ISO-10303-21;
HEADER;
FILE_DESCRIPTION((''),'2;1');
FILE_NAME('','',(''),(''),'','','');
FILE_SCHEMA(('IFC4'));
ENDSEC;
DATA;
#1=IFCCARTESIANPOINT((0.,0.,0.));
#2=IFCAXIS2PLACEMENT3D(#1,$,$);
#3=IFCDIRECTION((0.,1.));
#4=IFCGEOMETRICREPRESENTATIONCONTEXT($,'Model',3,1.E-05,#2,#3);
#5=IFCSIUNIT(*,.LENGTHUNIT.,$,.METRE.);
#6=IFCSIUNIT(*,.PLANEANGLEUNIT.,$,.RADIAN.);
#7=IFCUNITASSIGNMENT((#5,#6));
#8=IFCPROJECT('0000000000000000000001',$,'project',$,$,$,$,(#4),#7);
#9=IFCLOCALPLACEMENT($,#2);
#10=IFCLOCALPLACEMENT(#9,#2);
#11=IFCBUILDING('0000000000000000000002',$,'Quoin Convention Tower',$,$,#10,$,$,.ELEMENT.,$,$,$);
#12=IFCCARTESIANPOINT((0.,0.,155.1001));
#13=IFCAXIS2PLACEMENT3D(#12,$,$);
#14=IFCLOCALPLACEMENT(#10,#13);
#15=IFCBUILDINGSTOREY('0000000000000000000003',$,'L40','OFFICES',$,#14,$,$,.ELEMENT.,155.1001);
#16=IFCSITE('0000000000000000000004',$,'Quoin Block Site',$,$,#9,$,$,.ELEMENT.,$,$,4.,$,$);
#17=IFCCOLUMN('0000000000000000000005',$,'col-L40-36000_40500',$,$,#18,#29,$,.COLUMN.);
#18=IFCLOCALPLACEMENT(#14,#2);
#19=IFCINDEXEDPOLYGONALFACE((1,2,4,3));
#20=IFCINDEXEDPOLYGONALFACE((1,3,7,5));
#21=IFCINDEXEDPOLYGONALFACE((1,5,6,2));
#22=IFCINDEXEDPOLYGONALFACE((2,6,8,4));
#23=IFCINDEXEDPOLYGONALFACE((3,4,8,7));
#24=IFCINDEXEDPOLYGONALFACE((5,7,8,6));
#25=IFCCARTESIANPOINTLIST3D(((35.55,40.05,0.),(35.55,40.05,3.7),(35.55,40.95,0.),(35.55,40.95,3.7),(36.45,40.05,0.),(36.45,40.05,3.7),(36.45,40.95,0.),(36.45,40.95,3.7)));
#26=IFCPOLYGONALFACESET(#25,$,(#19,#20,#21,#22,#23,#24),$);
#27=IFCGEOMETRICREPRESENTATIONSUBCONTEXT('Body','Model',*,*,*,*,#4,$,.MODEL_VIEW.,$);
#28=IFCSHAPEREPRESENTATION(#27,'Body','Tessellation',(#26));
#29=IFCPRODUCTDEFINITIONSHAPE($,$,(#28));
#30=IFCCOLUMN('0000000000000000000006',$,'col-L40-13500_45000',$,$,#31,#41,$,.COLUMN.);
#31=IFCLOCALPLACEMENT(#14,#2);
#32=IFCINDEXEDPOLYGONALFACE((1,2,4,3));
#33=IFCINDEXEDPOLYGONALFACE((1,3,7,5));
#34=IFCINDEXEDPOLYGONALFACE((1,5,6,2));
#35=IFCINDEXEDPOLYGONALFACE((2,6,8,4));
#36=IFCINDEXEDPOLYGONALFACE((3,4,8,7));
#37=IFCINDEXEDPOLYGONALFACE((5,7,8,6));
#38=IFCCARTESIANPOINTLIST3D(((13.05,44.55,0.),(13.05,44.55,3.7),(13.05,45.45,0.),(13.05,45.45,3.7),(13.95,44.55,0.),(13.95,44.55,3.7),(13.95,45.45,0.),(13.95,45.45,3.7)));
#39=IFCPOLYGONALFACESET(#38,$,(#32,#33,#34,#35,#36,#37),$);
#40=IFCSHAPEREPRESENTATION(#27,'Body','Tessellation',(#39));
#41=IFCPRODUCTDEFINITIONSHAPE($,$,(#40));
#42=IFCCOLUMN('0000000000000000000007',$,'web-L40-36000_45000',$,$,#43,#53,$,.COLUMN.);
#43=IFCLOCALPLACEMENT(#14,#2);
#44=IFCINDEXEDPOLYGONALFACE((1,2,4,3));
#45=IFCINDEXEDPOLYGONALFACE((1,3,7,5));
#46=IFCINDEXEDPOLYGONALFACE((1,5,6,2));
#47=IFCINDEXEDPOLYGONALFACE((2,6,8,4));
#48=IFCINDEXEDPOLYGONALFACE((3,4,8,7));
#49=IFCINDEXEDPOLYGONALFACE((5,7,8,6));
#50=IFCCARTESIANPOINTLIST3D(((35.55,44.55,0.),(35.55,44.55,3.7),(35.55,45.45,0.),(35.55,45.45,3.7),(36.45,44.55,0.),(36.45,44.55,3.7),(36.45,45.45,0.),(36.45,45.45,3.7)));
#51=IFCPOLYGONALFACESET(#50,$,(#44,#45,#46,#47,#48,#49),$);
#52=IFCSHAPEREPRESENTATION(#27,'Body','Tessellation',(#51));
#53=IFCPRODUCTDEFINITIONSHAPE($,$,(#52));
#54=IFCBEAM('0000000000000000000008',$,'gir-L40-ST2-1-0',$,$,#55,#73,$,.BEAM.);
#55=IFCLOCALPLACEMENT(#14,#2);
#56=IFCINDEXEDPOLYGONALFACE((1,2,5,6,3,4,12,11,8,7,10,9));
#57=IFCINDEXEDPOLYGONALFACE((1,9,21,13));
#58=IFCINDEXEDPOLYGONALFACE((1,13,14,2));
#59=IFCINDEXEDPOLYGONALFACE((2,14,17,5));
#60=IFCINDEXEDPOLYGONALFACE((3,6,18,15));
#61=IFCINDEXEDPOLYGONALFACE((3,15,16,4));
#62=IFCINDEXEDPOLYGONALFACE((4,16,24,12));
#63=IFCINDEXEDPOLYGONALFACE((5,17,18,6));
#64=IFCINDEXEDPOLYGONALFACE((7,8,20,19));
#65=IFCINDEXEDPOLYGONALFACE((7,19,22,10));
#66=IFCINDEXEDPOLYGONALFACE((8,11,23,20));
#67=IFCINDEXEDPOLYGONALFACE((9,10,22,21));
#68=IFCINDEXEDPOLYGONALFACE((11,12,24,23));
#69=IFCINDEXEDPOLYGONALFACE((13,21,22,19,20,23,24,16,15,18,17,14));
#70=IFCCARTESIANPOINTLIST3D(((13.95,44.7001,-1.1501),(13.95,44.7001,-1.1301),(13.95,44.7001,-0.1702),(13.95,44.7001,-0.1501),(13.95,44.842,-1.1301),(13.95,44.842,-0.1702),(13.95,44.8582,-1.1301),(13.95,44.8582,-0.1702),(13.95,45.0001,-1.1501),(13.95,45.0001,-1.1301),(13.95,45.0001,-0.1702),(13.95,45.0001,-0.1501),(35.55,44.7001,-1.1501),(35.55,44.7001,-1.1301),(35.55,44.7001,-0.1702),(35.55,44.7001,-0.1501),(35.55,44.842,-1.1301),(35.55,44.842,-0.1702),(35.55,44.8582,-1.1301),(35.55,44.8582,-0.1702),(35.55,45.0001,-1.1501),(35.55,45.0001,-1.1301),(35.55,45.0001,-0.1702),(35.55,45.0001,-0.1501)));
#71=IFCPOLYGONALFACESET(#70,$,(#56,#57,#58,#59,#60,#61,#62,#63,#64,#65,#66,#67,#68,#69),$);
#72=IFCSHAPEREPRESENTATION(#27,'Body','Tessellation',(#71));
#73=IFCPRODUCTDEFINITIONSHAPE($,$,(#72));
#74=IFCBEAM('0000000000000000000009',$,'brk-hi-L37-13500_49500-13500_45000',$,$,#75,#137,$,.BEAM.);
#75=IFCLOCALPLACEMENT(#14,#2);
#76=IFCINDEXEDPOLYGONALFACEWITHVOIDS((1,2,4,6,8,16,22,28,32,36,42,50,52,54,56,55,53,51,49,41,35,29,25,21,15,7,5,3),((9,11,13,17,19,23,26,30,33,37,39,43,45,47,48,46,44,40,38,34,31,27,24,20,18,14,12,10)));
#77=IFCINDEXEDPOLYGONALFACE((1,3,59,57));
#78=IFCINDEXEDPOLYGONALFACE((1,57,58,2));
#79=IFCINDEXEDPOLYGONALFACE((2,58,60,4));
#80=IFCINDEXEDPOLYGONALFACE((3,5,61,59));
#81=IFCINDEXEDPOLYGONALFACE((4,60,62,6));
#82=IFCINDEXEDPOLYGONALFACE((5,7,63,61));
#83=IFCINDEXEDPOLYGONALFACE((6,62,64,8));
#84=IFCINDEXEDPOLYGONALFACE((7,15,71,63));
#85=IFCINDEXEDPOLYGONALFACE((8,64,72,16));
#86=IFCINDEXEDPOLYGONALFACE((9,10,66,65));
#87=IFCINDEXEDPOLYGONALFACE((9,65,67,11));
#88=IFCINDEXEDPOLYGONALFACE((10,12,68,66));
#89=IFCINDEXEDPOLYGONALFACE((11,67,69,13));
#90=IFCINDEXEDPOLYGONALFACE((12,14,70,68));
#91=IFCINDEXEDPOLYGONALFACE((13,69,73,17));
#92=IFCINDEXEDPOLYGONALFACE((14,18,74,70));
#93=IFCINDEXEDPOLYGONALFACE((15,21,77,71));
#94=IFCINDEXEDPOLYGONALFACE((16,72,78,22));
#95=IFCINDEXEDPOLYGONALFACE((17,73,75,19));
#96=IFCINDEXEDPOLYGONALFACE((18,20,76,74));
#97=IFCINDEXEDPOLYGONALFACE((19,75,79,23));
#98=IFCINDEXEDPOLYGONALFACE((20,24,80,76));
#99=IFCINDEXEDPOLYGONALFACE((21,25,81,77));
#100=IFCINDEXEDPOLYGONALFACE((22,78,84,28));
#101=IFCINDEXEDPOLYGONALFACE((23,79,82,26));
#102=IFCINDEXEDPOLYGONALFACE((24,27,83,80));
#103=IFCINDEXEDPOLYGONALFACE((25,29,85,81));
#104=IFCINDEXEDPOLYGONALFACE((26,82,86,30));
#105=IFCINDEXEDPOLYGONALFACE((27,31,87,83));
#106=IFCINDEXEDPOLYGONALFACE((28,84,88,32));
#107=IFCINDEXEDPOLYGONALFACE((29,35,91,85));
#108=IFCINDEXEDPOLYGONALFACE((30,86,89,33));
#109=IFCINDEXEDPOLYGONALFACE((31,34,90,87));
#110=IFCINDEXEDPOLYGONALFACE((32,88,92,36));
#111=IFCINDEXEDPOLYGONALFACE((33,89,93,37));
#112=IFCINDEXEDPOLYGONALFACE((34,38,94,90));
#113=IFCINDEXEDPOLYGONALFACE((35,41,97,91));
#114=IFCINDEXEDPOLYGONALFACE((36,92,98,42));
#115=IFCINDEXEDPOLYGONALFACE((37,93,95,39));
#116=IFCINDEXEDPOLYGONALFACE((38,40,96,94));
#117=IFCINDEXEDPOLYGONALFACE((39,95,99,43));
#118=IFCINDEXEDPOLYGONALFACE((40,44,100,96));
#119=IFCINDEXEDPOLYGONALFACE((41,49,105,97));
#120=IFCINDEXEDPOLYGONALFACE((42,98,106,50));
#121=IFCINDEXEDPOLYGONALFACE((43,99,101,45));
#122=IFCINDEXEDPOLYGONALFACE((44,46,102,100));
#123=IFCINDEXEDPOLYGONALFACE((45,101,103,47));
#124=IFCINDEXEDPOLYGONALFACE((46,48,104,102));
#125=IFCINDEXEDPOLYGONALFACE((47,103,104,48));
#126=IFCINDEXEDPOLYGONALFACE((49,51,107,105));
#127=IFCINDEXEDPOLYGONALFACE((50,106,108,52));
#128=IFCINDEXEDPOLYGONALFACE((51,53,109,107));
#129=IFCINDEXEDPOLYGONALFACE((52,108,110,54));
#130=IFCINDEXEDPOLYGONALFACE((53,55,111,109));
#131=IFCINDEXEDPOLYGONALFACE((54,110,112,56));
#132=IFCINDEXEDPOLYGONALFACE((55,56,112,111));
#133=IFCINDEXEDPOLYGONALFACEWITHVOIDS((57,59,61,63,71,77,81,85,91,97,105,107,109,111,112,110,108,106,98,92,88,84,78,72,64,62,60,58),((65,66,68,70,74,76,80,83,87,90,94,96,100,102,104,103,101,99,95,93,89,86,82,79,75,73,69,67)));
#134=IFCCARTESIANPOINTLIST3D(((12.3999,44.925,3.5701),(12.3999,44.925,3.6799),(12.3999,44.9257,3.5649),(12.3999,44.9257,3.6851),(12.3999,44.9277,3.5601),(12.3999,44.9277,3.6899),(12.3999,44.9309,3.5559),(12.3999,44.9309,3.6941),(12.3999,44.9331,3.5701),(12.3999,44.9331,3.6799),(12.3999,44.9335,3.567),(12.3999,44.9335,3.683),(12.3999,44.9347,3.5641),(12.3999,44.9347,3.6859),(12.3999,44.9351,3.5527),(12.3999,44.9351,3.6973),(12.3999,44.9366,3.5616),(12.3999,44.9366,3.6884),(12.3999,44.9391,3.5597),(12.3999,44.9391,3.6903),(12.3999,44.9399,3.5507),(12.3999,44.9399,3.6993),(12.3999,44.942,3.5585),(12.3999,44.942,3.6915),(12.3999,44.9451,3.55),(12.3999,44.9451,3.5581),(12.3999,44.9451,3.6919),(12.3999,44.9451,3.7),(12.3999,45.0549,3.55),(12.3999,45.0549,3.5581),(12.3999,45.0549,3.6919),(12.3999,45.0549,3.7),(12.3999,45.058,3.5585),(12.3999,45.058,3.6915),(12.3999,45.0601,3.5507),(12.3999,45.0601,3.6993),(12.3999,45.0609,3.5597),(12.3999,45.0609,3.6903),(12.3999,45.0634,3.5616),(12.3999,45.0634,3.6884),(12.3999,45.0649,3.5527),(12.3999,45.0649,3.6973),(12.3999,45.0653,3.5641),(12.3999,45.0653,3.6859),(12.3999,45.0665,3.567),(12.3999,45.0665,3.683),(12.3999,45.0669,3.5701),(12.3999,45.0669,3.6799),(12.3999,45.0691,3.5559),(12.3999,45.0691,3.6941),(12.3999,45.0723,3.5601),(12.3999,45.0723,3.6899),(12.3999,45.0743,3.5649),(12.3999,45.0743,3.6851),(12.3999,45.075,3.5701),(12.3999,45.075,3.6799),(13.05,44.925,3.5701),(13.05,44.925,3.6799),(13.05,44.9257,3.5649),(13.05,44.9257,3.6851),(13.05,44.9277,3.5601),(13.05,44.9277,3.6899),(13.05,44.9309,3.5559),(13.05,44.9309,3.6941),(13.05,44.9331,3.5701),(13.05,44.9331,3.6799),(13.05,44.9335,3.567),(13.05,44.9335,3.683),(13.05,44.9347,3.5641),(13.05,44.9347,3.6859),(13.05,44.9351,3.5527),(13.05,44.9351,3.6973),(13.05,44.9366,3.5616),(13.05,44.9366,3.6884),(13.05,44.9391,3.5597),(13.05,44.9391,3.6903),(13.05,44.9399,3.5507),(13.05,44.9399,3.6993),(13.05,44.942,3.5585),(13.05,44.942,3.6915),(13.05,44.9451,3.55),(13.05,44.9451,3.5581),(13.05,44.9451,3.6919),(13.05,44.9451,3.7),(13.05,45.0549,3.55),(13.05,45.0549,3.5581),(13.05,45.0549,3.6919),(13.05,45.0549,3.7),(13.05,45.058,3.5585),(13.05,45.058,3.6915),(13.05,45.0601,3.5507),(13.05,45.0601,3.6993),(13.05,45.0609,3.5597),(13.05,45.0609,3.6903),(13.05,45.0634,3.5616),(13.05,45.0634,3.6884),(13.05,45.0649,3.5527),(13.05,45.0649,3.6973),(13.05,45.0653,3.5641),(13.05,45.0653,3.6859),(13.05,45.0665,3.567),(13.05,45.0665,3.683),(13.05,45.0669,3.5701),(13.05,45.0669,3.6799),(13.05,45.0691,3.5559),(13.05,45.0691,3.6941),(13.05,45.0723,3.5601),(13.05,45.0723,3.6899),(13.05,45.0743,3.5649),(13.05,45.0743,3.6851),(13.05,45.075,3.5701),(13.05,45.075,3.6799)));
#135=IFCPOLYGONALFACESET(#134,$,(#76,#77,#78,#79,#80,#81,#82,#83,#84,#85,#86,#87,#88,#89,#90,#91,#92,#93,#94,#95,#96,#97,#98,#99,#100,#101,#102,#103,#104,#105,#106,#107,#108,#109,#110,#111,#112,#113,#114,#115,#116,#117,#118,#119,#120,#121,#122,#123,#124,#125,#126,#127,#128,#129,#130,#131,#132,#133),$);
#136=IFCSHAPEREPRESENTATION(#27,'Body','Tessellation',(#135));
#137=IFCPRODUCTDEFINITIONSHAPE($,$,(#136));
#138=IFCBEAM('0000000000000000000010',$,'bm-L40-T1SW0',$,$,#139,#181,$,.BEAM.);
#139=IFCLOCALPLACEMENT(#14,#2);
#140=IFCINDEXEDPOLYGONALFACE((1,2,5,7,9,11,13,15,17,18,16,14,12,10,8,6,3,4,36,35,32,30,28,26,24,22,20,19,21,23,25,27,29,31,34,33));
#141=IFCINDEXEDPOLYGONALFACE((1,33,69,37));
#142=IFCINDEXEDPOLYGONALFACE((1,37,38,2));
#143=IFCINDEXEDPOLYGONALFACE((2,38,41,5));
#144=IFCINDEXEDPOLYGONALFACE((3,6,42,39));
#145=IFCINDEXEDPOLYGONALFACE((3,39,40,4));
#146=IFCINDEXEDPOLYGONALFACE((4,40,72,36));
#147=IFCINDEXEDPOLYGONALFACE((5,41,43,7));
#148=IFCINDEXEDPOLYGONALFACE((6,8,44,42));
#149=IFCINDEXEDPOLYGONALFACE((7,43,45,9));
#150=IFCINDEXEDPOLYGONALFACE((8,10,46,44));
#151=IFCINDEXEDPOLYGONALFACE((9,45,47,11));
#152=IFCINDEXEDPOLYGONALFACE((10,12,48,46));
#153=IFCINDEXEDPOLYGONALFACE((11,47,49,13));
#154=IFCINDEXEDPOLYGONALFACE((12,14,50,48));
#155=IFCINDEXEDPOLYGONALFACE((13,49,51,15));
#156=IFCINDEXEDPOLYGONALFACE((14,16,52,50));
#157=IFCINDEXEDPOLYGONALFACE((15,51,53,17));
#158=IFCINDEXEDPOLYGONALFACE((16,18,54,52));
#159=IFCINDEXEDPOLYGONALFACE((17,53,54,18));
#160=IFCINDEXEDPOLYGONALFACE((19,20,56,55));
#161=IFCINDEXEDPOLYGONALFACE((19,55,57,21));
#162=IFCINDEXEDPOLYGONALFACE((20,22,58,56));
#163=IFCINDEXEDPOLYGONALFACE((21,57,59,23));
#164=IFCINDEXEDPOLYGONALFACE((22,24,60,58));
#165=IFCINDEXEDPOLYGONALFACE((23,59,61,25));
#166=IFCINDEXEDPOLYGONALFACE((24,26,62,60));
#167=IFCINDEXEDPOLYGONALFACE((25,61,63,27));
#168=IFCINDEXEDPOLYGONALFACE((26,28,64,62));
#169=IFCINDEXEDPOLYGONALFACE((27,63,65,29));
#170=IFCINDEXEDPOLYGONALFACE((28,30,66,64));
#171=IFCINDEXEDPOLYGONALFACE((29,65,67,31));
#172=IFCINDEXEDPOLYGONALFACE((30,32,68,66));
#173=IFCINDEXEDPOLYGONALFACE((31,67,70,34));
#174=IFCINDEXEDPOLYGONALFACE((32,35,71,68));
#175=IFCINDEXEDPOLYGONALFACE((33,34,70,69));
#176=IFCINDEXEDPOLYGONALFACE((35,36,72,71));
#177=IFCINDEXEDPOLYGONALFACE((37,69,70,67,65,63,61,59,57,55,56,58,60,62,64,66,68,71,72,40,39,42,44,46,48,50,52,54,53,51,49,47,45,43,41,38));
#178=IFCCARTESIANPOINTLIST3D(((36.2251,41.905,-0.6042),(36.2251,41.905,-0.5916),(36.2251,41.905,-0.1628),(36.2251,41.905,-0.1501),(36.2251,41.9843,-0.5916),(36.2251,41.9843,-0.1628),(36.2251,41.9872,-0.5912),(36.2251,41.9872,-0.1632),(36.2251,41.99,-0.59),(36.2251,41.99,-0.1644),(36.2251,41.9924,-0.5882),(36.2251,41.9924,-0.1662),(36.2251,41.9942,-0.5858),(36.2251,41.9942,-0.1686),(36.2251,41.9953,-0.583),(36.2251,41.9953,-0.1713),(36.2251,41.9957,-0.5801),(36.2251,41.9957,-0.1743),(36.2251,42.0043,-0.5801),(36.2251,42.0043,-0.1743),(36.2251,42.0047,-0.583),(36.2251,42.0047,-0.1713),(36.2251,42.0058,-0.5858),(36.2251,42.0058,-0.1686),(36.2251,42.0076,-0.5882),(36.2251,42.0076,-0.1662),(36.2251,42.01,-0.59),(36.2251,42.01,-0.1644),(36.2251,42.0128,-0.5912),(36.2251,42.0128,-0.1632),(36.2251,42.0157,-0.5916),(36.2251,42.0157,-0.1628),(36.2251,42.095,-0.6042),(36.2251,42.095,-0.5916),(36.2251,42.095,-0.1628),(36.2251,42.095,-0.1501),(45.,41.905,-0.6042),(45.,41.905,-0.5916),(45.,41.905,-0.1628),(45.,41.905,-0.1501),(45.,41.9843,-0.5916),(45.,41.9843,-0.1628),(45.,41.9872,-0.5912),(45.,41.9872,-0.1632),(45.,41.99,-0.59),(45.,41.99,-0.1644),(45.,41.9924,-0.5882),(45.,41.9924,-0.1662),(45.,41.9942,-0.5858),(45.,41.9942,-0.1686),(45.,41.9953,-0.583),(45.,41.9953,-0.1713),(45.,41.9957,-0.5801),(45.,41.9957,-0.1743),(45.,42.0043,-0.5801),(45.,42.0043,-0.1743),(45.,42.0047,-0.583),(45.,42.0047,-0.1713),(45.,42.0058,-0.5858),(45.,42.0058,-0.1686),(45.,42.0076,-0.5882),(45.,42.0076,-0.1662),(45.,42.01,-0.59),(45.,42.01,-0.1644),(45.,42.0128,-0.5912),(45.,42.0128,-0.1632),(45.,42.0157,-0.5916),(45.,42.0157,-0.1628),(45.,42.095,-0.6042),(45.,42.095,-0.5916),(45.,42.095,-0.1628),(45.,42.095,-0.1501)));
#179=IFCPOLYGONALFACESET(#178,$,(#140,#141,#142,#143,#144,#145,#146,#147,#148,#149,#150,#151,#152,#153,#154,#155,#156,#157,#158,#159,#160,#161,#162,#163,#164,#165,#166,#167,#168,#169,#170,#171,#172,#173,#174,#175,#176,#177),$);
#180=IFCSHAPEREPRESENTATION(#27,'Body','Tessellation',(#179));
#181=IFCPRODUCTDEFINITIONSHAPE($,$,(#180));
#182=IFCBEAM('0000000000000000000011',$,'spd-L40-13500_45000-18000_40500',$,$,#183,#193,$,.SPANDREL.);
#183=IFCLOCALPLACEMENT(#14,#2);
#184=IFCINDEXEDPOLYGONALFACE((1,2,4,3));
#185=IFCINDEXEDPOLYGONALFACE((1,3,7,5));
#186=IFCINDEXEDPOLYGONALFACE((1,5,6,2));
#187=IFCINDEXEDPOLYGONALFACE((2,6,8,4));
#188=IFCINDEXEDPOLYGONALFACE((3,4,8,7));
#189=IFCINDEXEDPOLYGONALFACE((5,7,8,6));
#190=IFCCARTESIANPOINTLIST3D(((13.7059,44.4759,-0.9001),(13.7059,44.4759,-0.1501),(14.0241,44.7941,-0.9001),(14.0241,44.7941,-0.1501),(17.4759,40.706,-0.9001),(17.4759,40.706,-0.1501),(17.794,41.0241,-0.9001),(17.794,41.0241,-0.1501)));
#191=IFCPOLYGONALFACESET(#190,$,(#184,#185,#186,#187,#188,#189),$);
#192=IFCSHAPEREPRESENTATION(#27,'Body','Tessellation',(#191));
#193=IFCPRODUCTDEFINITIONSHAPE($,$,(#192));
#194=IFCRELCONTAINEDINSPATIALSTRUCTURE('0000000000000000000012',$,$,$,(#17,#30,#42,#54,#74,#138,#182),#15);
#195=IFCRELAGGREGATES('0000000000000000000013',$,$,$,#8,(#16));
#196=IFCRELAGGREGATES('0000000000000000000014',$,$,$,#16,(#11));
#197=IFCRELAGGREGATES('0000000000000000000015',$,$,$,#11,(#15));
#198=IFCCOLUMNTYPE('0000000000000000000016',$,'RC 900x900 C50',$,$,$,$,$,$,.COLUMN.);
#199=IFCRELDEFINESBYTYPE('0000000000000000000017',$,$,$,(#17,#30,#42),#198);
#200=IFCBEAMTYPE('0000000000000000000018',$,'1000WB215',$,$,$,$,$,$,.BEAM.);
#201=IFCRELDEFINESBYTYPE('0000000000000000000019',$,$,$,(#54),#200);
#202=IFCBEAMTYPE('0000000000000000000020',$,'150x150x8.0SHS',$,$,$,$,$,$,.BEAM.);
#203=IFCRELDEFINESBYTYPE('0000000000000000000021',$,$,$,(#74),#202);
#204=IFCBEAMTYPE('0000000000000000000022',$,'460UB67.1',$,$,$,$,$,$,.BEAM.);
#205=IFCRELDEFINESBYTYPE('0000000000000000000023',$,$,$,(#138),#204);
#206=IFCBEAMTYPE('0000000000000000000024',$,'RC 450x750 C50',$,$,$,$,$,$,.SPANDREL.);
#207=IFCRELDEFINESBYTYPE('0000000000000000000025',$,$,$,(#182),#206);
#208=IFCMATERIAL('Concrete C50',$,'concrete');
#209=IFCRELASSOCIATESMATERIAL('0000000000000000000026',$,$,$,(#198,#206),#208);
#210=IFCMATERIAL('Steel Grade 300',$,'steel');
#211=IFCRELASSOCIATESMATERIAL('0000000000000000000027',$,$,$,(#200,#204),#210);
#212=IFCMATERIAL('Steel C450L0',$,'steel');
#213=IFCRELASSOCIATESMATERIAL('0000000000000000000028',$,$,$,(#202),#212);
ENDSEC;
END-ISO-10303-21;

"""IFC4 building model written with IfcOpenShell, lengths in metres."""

from ifc_helpers import new_model, si_unit, direction, frame, origin, origin_2d, place, context, subcontext, project, spatial, rectangle, hollow_rectangle, i_section, extrude, material, material_profile, profile_set, type_object, element, save


model = new_model("IFC4")

# Units and contexts
model_context = context("Model", 3, precision=1e-05, world=origin(), true_north=direction((0.0, 1.0)))
body_context = subcontext(model_context, "Body", "Model", "MODEL_VIEW")
ifc_project = project(units=[si_unit("LENGTHUNIT", "METRE"), si_unit("PLANEANGLEUNIT", "RADIAN")], contexts=[model_context])

# Site, building, storey
site_placement = place(None, origin())
site = spatial("IfcSite", under=ifc_project, at=site_placement, Name="Quoin Block Site", CompositionType="ELEMENT", RefElevation=4.0)
building_placement = place(site_placement, origin())
building = spatial("IfcBuilding", under=site, at=building_placement, Name="Quoin Convention Tower", CompositionType="ELEMENT")
storey_placement = place(building_placement, frame((0.0, 0.0, 155.1001)))
storey = spatial("IfcBuildingStorey", under=building, at=storey_placement, Name="L40", Description="OFFICES", CompositionType="ELEMENT", Elevation=155.1001)

# Columns
ifc_material_1 = material(Name="Concrete C50", Category="concrete")
ifc_material_profile_1 = material_profile(ifc_material_1, rectangle(XDim=0.8999, YDim=0.8999, at=origin_2d()), Name="RC 900x900")
ifc_profile_set_1 = profile_set([ifc_material_profile_1], Name="Concrete C50")
column_type = type_object("IfcColumnType", Name="RC 900x900 C50", PredefinedType="COLUMN", material=ifc_profile_set_1)
for number, where, z_axis, x_axis, name in (
    (1, (36.0, 40.5, 0.0), (0.0, 0.0, 1.0), (1.0, 0.0, 0.0), "col-L40-36000_40500"),
    (2, (13.5, 45.0, 0.0), (0.0, 0.0, 1.0), (1.0, 0.0, 0.0), "col-L40-13500_45000"),
    (3, (36.0, 45.0, 0.0), (0.0, 0.0, 1.0), (1.0, 0.0, 0.0), "web-L40-36000_45000"),
):
    element("IfcColumn", number, at=place(storey_placement, frame(where, z_axis=z_axis, x_axis=x_axis)), inside=storey, type_object=column_type, Name=name, PredefinedType="COLUMN", context=body_context, shape_type="SweptSolid", body=[
        extrude(rectangle(XDim=0.8999, YDim=0.8999, at=origin_2d()), origin(), (0.0, 0.0, 1.0), 3.7),
    ])

# Beams
ifc_material_2 = material(Name="Steel Grade 300", Category="steel")
ifc_material_profile_2 = material_profile(ifc_material_2, i_section(OverallWidth=0.3, OverallDepth=1.0, WebThickness=0.0161, FlangeThickness=0.02, at=origin_2d()), Name="1000WB215")
ifc_profile_set_2 = profile_set([ifc_material_profile_2], Name="Steel Grade 300")
beam_type_1 = type_object("IfcBeamType", Name="1000WB215", PredefinedType="BEAM", material=ifc_profile_set_2)
beam_1_placement = place(storey_placement, frame((13.95, 44.8501, -0.6501), z_axis=(1.0, 0.0, 0.0), x_axis=(0.0, 1.0, 0.0)))
element("IfcBeam", 4, at=beam_1_placement, inside=storey, type_object=beam_type_1, Name="gir-L40-ST2-1-0", PredefinedType="BEAM", context=body_context, shape_type="SweptSolid", body=[
    extrude(i_section(OverallWidth=0.3, OverallDepth=1.0, WebThickness=0.0161, FlangeThickness=0.02, at=origin_2d()), origin(), (0.0, 0.0, 1.0), 21.6001),
])
ifc_material_3 = material(Name="Steel C450L0", Category="steel")
ifc_material_profile_3 = material_profile(ifc_material_3, hollow_rectangle(XDim=0.1499, YDim=0.1499, WallThickness=0.0081, InnerFilletRadius=0.012, OuterFilletRadius=0.02, at=origin_2d()), Name="150x150x8.0SHS")
ifc_profile_set_3 = profile_set([ifc_material_profile_3], Name="Steel C450L0")
beam_type_2 = type_object("IfcBeamType", Name="150x150x8.0SHS", PredefinedType="BEAM", material=ifc_profile_set_3)
beam_2_placement = place(storey_placement, frame((13.05, 45.0, 3.625), z_axis=(-1.0, 0.0, 0.0), x_axis=(0.0, -1.0, 0.0)))
element("IfcBeam", 5, at=beam_2_placement, inside=storey, type_object=beam_type_2, Name="brk-hi-L37-13500_49500-13500_45000", PredefinedType="BEAM", context=body_context, shape_type="SweptSolid", body=[
    extrude(hollow_rectangle(XDim=0.1499, YDim=0.1499, WallThickness=0.0081, InnerFilletRadius=0.012, OuterFilletRadius=0.02, at=origin_2d()), origin(), (0.0, 0.0, 1.0), 0.6501),
])
ifc_material_profile_4 = material_profile(ifc_material_2, i_section(OverallWidth=0.1899, OverallDepth=0.4541, WebThickness=0.0085, FlangeThickness=0.0127, FilletRadius=0.0115, at=origin_2d()), Name="460UB67.1")
ifc_profile_set_4 = profile_set([ifc_material_profile_4], Name="Steel Grade 300")
beam_type_3 = type_object("IfcBeamType", Name="460UB67.1", PredefinedType="BEAM", material=ifc_profile_set_4)
beam_3_placement = place(storey_placement, frame((36.2251, 42.0, -0.3772), z_axis=(1.0, 0.0, 0.0), x_axis=(0.0, 1.0, 0.0)))
element("IfcBeam", 6, at=beam_3_placement, inside=storey, type_object=beam_type_3, Name="bm-L40-T1SW0", PredefinedType="BEAM", context=body_context, shape_type="SweptSolid", body=[
    extrude(i_section(OverallWidth=0.1899, OverallDepth=0.4541, WebThickness=0.0085, FlangeThickness=0.0127, FilletRadius=0.0115, at=origin_2d()), origin(), (0.0, 0.0, 1.0), 8.7749),
])
ifc_material_profile_5 = material_profile(ifc_material_1, rectangle(XDim=0.45, YDim=0.75, at=origin_2d()), Name="RC 450x750")
ifc_profile_set_5 = profile_set([ifc_material_profile_5], Name="Concrete C50")
beam_type_4 = type_object("IfcBeamType", Name="RC 450x750 C50", PredefinedType="SPANDREL", material=ifc_profile_set_5)
beam_4_placement = place(storey_placement, frame((13.865, 44.635, -0.5251), z_axis=(0.707107, -0.707107, 0.0), x_axis=(0.707107, 0.707107, 0.0)))
element("IfcBeam", 7, at=beam_4_placement, inside=storey, type_object=beam_type_4, Name="spd-L40-13500_45000-18000_40500", PredefinedType="SPANDREL", context=body_context, shape_type="SweptSolid", body=[
    extrude(rectangle(XDim=0.45, YDim=0.75, at=origin_2d()), origin(), (0.0, 0.0, 1.0), 5.3315),
])

save(model, "model.ifc")
